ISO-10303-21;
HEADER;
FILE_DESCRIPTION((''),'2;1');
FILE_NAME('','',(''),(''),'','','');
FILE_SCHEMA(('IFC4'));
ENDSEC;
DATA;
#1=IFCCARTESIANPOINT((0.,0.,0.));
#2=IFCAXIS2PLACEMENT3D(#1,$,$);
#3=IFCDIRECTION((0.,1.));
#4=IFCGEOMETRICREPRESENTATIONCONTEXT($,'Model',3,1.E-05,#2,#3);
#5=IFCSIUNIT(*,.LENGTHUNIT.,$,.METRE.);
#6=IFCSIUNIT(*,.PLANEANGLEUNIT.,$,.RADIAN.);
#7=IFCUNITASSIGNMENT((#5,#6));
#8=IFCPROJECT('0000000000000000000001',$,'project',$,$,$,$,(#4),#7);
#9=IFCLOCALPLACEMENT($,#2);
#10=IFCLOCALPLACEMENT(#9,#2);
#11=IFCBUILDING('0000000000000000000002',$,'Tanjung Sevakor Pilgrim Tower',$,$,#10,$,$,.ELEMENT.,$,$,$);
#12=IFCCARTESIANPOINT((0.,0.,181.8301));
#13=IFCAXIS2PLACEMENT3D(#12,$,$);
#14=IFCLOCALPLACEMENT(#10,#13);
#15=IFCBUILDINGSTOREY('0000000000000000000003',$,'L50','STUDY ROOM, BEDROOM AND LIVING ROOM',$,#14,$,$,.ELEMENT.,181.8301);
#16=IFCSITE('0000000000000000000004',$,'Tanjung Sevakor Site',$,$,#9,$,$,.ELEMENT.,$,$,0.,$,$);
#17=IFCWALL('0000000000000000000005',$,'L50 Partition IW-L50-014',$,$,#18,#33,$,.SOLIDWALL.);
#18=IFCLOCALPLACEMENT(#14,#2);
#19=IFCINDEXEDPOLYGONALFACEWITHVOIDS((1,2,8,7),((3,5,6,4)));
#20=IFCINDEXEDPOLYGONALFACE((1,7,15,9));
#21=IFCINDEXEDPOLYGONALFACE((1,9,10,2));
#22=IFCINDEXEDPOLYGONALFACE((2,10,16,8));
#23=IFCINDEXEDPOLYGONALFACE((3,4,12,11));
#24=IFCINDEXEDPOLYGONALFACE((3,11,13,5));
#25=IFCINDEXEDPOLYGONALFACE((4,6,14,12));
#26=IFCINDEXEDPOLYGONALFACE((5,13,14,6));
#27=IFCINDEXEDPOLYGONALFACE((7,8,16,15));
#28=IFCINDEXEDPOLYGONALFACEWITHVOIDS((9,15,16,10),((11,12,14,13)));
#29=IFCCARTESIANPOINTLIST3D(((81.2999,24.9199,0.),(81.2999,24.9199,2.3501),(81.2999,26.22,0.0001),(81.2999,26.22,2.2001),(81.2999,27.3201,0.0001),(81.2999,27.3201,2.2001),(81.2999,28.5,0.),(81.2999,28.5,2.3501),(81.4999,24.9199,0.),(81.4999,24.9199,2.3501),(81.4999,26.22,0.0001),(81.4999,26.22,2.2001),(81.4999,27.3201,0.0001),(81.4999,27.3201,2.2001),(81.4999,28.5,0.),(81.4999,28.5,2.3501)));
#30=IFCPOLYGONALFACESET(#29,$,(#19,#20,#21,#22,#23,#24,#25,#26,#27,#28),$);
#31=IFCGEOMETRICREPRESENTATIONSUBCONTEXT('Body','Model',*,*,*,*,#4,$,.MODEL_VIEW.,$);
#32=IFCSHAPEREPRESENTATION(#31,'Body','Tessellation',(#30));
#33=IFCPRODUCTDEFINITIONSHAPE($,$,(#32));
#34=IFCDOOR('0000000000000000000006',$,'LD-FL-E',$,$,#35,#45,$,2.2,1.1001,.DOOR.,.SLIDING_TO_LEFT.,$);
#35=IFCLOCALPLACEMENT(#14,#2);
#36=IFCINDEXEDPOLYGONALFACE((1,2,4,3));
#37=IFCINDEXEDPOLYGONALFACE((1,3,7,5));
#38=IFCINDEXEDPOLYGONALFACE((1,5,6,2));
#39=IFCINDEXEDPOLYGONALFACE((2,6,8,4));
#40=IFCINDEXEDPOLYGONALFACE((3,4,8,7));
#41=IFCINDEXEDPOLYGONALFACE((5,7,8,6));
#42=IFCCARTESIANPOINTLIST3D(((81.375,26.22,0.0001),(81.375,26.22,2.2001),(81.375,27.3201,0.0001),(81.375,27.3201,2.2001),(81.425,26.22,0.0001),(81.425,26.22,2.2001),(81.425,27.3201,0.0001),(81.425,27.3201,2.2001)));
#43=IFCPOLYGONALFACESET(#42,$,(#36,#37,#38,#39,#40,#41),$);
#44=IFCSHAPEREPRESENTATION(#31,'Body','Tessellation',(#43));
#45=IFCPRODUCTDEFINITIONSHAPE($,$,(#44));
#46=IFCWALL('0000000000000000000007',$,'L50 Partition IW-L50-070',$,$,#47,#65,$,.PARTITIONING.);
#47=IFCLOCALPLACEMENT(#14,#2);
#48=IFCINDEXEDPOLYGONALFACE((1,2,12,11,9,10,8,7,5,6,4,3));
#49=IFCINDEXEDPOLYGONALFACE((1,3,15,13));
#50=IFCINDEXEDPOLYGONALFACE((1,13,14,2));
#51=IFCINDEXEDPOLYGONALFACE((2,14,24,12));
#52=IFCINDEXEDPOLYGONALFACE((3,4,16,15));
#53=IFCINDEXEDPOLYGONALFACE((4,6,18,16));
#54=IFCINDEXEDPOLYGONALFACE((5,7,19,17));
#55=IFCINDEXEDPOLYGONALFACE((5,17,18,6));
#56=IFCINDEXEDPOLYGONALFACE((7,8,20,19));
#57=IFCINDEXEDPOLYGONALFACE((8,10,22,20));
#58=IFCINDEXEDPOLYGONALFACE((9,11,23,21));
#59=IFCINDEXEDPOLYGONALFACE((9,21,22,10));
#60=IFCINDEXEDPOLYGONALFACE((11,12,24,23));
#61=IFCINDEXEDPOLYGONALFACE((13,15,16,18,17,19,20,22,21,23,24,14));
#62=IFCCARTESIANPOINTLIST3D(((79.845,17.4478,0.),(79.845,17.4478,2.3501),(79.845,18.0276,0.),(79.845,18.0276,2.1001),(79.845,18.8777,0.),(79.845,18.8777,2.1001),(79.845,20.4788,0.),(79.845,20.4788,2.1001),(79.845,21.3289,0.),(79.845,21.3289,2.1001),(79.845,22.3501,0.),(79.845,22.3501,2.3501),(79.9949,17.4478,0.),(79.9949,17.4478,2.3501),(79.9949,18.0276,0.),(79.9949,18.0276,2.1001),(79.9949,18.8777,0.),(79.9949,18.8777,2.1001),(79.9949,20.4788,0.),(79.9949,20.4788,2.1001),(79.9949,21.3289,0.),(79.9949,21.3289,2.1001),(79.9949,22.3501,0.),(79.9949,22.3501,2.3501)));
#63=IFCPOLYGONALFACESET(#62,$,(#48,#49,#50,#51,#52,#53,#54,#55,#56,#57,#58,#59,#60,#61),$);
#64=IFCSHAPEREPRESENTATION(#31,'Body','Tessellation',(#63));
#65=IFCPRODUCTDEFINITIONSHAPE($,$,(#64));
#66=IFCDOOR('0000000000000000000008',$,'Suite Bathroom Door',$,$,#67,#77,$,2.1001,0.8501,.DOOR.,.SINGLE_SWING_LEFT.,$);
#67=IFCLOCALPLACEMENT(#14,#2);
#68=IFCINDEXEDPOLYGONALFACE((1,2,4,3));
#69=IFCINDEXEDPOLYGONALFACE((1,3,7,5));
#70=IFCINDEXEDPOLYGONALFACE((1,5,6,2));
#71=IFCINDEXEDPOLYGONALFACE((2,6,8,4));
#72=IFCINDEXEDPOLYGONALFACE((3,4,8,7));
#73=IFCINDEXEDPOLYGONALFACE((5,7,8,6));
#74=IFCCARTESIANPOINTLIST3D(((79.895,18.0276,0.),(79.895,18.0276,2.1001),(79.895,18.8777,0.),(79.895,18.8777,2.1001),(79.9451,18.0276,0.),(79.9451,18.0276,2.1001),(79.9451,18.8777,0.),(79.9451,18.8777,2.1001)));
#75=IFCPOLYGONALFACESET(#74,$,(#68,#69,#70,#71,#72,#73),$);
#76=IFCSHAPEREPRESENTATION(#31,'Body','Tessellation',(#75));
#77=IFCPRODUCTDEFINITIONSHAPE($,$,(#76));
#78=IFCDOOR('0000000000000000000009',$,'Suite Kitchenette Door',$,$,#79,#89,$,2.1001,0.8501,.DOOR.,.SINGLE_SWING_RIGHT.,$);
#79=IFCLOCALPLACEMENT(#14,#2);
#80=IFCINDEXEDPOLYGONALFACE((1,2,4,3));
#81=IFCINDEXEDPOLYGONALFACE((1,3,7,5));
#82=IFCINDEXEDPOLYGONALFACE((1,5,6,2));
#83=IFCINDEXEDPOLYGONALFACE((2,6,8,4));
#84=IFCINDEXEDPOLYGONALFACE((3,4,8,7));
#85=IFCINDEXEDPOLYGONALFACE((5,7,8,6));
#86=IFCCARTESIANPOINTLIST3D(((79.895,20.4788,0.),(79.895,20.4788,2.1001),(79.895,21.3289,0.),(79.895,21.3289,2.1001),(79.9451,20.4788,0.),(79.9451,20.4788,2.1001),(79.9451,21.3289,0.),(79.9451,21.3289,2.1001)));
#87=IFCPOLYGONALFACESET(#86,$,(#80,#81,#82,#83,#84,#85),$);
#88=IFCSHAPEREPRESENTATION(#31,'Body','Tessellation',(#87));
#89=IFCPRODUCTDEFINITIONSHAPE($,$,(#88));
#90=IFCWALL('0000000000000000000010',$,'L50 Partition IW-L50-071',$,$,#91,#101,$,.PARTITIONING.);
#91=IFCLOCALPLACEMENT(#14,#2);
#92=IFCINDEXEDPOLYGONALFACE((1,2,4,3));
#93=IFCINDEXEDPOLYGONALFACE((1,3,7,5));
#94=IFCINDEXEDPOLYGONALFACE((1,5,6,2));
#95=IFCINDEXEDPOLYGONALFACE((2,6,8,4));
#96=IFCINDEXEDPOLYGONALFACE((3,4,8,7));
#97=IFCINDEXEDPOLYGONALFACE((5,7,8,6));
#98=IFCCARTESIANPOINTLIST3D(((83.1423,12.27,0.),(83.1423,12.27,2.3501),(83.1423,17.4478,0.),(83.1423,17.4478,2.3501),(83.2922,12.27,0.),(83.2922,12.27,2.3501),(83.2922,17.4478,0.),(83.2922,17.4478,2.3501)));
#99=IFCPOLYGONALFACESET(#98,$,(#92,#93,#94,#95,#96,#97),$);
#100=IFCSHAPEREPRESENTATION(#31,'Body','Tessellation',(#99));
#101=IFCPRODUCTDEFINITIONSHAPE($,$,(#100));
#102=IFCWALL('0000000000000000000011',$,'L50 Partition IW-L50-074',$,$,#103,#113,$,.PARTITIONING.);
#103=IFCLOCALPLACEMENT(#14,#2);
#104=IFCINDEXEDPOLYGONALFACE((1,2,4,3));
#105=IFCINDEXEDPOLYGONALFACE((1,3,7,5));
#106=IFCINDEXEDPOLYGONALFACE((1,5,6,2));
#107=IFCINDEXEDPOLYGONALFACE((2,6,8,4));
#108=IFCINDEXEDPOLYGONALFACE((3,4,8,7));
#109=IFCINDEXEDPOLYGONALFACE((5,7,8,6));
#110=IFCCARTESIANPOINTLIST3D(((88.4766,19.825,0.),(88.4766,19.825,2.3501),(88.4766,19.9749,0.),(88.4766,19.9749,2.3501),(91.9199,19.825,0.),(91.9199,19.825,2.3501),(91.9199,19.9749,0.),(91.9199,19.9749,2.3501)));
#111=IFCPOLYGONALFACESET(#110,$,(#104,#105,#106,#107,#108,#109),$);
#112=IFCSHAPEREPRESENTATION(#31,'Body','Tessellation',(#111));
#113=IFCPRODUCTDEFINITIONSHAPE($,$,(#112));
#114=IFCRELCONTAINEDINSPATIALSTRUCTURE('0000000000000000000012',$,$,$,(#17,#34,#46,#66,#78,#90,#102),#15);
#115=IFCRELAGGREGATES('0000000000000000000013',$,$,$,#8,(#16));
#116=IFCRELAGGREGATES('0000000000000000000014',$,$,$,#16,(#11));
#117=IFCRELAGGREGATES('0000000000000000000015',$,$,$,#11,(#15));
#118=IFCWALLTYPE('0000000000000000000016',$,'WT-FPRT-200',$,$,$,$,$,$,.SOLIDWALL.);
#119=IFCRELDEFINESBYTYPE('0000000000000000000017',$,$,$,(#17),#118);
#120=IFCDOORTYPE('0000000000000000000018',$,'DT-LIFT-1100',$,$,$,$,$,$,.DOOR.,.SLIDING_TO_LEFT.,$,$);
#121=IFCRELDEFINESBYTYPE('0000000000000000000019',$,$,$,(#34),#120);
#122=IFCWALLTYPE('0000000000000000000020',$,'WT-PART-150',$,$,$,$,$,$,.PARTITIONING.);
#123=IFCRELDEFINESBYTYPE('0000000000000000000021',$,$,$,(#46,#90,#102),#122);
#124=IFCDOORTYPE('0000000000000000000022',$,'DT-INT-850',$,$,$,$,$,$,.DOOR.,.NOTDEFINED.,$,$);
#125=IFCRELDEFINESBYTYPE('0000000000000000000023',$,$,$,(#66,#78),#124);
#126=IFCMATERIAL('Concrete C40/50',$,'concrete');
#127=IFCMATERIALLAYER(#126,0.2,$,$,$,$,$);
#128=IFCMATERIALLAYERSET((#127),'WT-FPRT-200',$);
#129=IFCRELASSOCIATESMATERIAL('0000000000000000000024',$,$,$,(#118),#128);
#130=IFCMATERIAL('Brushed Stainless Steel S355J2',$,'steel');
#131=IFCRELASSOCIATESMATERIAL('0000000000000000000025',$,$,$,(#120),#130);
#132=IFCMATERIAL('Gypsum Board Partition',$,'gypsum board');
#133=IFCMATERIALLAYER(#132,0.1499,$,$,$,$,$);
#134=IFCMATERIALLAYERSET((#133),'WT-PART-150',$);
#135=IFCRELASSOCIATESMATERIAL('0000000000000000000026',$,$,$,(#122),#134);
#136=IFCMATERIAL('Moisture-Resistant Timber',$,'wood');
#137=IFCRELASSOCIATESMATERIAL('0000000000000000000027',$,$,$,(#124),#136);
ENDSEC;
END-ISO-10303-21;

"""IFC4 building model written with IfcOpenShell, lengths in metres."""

from ifc_helpers import new_model, si_unit, direction, frame, frame_2d, origin, place, context, subcontext, project, spatial, rectangle, extrude, material, layer, layer_set, type_object, element, fill, save


model = new_model("IFC4")

# Units and contexts
model_context = context("Model", 3, precision=1e-05, world=origin(), true_north=direction((0.0, 1.0)))
body_context = subcontext(model_context, "Body", "Model", "MODEL_VIEW")
ifc_project = project(units=[si_unit("LENGTHUNIT", "METRE"), si_unit("PLANEANGLEUNIT", "RADIAN")], contexts=[model_context])

# Site, building, storey
site_placement = place(None, origin())
site = spatial("IfcSite", under=ifc_project, at=site_placement, Name="Tanjung Sevakor Site", CompositionType="ELEMENT", RefElevation=0.0)
building_placement = place(site_placement, origin())
building = spatial("IfcBuilding", under=site, at=building_placement, Name="Tanjung Sevakor Pilgrim Tower", CompositionType="ELEMENT")
storey_placement = place(building_placement, frame((0.0, 0.0, 181.8301)))
storey = spatial("IfcBuildingStorey", under=building, at=storey_placement, Name="L50", Description="STUDY ROOM, BEDROOM AND LIVING ROOM", CompositionType="ELEMENT", Elevation=181.8301)

# Wall, opening, door
ifc_material_1 = material(Name="Concrete C40/50", Category="concrete")
ifc_layer_1 = layer(ifc_material_1, 0.2)
ifc_layer_set_1 = layer_set([ifc_layer_1], Name="WT-FPRT-200")
wall_type_1 = type_object("IfcWallType", Name="WT-FPRT-200", PredefinedType="SOLIDWALL", material=ifc_layer_set_1)
wall_1_placement = place(storey_placement, frame((81.3999, 24.9199, 0.0), z_axis=(0.0, 0.0, 1.0), x_axis=(0.0, 1.0, 0.0)))
wall_1 = element("IfcWall", 1, at=wall_1_placement, inside=storey, type_object=wall_type_1, Name="L50 Partition IW-L50-014", PredefinedType="SOLIDWALL", context=body_context, shape_type="SweptSolid", body=[
    extrude(rectangle(XDim=3.5801, YDim=0.2, at=frame_2d((1.79, 0.0))), origin(), (0.0, 0.0, 1.0), 2.3501),
])
opening_1_placement = place(wall_1_placement, frame((1.3, 0.0, 0.0)))
opening_1 = element("IfcOpeningElement", 2, at=opening_1_placement, cuts=wall_1, PredefinedType="OPENING", context=body_context, shape_type="SweptSolid", body=[
    extrude(rectangle(XDim=1.1001, YDim=2.2, at=frame_2d((0.55, 1.1001))), frame((0.0, 0.1099, 0.0), z_axis=(0.0, -1.0, 0.0), x_axis=(1.0, 0.0, 0.0)), (0.0, 0.0, 1.0), 0.22),
])
ifc_material_2 = material(Name="Brushed Stainless Steel S355J2", Category="steel")
door_type_1 = type_object("IfcDoorType", Name="DT-LIFT-1100", OperationType="SLIDING_TO_LEFT", PredefinedType="DOOR", material=ifc_material_2)
door_1_placement = place(opening_1_placement, origin())
door_1 = element("IfcDoor", 3, at=door_1_placement, inside=storey, type_object=door_type_1, Name="LD-FL-E", OperationType="SLIDING_TO_LEFT", OverallHeight=2.2, OverallWidth=1.1001, PredefinedType="DOOR", context=body_context, shape_type="SweptSolid", body=[
    extrude(rectangle(XDim=1.1001, YDim=2.2, at=frame_2d((0.55, 1.1001))), frame((0.0, 0.0249, 0.0), z_axis=(0.0, -1.0, 0.0), x_axis=(1.0, 0.0, 0.0)), (0.0, 0.0, 1.0), 0.05),
])
fill(opening_1, door_1)

# Wall, openings, doors
ifc_material_3 = material(Name="Gypsum Board Partition", Category="gypsum board")
ifc_layer_2 = layer(ifc_material_3, 0.1499)
ifc_layer_set_2 = layer_set([ifc_layer_2], Name="WT-PART-150")
wall_type_2 = type_object("IfcWallType", Name="WT-PART-150", PredefinedType="PARTITIONING", material=ifc_layer_set_2)
wall_2_placement = place(storey_placement, frame((79.9199, 17.4478, 0.0), z_axis=(0.0, 0.0, 1.0), x_axis=(0.0, 1.0, 0.0)))
wall_2 = element("IfcWall", 4, at=wall_2_placement, inside=storey, type_object=wall_type_2, Name="L50 Partition IW-L50-070", PredefinedType="PARTITIONING", context=body_context, shape_type="SweptSolid", body=[
    extrude(rectangle(XDim=4.9023, YDim=0.1499, at=frame_2d((2.4512, 0.0))), origin(), (0.0, 0.0, 1.0), 2.3501),
])
opening_2_placement = place(wall_2_placement, frame((0.5798, 0.0, 0.0)))
opening_2 = element("IfcOpeningElement", 5, at=opening_2_placement, cuts=wall_2, PredefinedType="OPENING", context=body_context, shape_type="SweptSolid", body=[
    extrude(rectangle(XDim=0.8501, YDim=2.1001, at=frame_2d((0.425, 1.05))), frame((0.0, 0.085, 0.0), z_axis=(0.0, -1.0, 0.0), x_axis=(1.0, 0.0, 0.0)), (0.0, 0.0, 1.0), 0.1699),
])
opening_3_placement = place(wall_2_placement, frame((3.031, 0.0, 0.0)))
opening_3 = element("IfcOpeningElement", 6, at=opening_3_placement, cuts=wall_2, PredefinedType="OPENING", context=body_context, shape_type="SweptSolid", body=[
    extrude(rectangle(XDim=0.8501, YDim=2.1001, at=frame_2d((0.425, 1.05))), frame((0.0, 0.085, 0.0), z_axis=(0.0, -1.0, 0.0), x_axis=(1.0, 0.0, 0.0)), (0.0, 0.0, 1.0), 0.1699),
])
ifc_material_4 = material(Name="Moisture-Resistant Timber", Category="wood")
door_type_2 = type_object("IfcDoorType", Name="DT-INT-850", OperationType="NOTDEFINED", PredefinedType="DOOR", material=ifc_material_4)
door_2_placement = place(opening_2_placement, origin())
door_2 = element("IfcDoor", 7, at=door_2_placement, inside=storey, type_object=door_type_2, Name="Suite Bathroom Door", OperationType="SINGLE_SWING_LEFT", OverallHeight=2.1001, OverallWidth=0.8501, PredefinedType="DOOR", context=body_context, shape_type="SweptSolid", body=[
    extrude(rectangle(XDim=0.8501, YDim=2.1001, at=frame_2d((0.425, 1.05))), frame((0.0, 0.0249, 0.0), z_axis=(0.0, -1.0, 0.0), x_axis=(1.0, 0.0, 0.0)), (0.0, 0.0, 1.0), 0.05),
])
fill(opening_2, door_2)
door_3_placement = place(opening_3_placement, origin())
door_3 = element("IfcDoor", 8, at=door_3_placement, inside=storey, type_object=door_type_2, Name="Suite Kitchenette Door", OperationType="SINGLE_SWING_RIGHT", OverallHeight=2.1001, OverallWidth=0.8501, PredefinedType="DOOR", context=body_context, shape_type="SweptSolid", body=[
    extrude(rectangle(XDim=0.8501, YDim=2.1001, at=frame_2d((0.425, 1.05))), frame((0.0, 0.0249, 0.0), z_axis=(0.0, -1.0, 0.0), x_axis=(1.0, 0.0, 0.0)), (0.0, 0.0, 1.0), 0.05),
])
fill(opening_3, door_3)

# Walls
wall_3_placement = place(storey_placement, frame((83.2173, 12.27, 0.0), z_axis=(0.0, 0.0, 1.0), x_axis=(0.0, 1.0, 0.0)))
element("IfcWall", 9, at=wall_3_placement, inside=storey, type_object=wall_type_2, Name="L50 Partition IW-L50-071", PredefinedType="PARTITIONING", context=body_context, shape_type="SweptSolid", body=[
    extrude(rectangle(XDim=5.1777, YDim=0.1499, at=frame_2d((2.5889, 0.0))), origin(), (0.0, 0.0, 1.0), 2.3501),
])
wall_4_placement = place(storey_placement, frame((88.4766, 19.8999, 0.0), z_axis=(0.0, 0.0, 1.0), x_axis=(1.0, 0.0, 0.0)))
element("IfcWall", 10, at=wall_4_placement, inside=storey, type_object=wall_type_2, Name="L50 Partition IW-L50-074", PredefinedType="PARTITIONING", context=body_context, shape_type="SweptSolid", body=[
    extrude(rectangle(XDim=3.4434, YDim=0.1499, at=frame_2d((1.7217, 0.0))), origin(), (0.0, 0.0, 1.0), 2.3501),
])

save(model, "model.ifc")
